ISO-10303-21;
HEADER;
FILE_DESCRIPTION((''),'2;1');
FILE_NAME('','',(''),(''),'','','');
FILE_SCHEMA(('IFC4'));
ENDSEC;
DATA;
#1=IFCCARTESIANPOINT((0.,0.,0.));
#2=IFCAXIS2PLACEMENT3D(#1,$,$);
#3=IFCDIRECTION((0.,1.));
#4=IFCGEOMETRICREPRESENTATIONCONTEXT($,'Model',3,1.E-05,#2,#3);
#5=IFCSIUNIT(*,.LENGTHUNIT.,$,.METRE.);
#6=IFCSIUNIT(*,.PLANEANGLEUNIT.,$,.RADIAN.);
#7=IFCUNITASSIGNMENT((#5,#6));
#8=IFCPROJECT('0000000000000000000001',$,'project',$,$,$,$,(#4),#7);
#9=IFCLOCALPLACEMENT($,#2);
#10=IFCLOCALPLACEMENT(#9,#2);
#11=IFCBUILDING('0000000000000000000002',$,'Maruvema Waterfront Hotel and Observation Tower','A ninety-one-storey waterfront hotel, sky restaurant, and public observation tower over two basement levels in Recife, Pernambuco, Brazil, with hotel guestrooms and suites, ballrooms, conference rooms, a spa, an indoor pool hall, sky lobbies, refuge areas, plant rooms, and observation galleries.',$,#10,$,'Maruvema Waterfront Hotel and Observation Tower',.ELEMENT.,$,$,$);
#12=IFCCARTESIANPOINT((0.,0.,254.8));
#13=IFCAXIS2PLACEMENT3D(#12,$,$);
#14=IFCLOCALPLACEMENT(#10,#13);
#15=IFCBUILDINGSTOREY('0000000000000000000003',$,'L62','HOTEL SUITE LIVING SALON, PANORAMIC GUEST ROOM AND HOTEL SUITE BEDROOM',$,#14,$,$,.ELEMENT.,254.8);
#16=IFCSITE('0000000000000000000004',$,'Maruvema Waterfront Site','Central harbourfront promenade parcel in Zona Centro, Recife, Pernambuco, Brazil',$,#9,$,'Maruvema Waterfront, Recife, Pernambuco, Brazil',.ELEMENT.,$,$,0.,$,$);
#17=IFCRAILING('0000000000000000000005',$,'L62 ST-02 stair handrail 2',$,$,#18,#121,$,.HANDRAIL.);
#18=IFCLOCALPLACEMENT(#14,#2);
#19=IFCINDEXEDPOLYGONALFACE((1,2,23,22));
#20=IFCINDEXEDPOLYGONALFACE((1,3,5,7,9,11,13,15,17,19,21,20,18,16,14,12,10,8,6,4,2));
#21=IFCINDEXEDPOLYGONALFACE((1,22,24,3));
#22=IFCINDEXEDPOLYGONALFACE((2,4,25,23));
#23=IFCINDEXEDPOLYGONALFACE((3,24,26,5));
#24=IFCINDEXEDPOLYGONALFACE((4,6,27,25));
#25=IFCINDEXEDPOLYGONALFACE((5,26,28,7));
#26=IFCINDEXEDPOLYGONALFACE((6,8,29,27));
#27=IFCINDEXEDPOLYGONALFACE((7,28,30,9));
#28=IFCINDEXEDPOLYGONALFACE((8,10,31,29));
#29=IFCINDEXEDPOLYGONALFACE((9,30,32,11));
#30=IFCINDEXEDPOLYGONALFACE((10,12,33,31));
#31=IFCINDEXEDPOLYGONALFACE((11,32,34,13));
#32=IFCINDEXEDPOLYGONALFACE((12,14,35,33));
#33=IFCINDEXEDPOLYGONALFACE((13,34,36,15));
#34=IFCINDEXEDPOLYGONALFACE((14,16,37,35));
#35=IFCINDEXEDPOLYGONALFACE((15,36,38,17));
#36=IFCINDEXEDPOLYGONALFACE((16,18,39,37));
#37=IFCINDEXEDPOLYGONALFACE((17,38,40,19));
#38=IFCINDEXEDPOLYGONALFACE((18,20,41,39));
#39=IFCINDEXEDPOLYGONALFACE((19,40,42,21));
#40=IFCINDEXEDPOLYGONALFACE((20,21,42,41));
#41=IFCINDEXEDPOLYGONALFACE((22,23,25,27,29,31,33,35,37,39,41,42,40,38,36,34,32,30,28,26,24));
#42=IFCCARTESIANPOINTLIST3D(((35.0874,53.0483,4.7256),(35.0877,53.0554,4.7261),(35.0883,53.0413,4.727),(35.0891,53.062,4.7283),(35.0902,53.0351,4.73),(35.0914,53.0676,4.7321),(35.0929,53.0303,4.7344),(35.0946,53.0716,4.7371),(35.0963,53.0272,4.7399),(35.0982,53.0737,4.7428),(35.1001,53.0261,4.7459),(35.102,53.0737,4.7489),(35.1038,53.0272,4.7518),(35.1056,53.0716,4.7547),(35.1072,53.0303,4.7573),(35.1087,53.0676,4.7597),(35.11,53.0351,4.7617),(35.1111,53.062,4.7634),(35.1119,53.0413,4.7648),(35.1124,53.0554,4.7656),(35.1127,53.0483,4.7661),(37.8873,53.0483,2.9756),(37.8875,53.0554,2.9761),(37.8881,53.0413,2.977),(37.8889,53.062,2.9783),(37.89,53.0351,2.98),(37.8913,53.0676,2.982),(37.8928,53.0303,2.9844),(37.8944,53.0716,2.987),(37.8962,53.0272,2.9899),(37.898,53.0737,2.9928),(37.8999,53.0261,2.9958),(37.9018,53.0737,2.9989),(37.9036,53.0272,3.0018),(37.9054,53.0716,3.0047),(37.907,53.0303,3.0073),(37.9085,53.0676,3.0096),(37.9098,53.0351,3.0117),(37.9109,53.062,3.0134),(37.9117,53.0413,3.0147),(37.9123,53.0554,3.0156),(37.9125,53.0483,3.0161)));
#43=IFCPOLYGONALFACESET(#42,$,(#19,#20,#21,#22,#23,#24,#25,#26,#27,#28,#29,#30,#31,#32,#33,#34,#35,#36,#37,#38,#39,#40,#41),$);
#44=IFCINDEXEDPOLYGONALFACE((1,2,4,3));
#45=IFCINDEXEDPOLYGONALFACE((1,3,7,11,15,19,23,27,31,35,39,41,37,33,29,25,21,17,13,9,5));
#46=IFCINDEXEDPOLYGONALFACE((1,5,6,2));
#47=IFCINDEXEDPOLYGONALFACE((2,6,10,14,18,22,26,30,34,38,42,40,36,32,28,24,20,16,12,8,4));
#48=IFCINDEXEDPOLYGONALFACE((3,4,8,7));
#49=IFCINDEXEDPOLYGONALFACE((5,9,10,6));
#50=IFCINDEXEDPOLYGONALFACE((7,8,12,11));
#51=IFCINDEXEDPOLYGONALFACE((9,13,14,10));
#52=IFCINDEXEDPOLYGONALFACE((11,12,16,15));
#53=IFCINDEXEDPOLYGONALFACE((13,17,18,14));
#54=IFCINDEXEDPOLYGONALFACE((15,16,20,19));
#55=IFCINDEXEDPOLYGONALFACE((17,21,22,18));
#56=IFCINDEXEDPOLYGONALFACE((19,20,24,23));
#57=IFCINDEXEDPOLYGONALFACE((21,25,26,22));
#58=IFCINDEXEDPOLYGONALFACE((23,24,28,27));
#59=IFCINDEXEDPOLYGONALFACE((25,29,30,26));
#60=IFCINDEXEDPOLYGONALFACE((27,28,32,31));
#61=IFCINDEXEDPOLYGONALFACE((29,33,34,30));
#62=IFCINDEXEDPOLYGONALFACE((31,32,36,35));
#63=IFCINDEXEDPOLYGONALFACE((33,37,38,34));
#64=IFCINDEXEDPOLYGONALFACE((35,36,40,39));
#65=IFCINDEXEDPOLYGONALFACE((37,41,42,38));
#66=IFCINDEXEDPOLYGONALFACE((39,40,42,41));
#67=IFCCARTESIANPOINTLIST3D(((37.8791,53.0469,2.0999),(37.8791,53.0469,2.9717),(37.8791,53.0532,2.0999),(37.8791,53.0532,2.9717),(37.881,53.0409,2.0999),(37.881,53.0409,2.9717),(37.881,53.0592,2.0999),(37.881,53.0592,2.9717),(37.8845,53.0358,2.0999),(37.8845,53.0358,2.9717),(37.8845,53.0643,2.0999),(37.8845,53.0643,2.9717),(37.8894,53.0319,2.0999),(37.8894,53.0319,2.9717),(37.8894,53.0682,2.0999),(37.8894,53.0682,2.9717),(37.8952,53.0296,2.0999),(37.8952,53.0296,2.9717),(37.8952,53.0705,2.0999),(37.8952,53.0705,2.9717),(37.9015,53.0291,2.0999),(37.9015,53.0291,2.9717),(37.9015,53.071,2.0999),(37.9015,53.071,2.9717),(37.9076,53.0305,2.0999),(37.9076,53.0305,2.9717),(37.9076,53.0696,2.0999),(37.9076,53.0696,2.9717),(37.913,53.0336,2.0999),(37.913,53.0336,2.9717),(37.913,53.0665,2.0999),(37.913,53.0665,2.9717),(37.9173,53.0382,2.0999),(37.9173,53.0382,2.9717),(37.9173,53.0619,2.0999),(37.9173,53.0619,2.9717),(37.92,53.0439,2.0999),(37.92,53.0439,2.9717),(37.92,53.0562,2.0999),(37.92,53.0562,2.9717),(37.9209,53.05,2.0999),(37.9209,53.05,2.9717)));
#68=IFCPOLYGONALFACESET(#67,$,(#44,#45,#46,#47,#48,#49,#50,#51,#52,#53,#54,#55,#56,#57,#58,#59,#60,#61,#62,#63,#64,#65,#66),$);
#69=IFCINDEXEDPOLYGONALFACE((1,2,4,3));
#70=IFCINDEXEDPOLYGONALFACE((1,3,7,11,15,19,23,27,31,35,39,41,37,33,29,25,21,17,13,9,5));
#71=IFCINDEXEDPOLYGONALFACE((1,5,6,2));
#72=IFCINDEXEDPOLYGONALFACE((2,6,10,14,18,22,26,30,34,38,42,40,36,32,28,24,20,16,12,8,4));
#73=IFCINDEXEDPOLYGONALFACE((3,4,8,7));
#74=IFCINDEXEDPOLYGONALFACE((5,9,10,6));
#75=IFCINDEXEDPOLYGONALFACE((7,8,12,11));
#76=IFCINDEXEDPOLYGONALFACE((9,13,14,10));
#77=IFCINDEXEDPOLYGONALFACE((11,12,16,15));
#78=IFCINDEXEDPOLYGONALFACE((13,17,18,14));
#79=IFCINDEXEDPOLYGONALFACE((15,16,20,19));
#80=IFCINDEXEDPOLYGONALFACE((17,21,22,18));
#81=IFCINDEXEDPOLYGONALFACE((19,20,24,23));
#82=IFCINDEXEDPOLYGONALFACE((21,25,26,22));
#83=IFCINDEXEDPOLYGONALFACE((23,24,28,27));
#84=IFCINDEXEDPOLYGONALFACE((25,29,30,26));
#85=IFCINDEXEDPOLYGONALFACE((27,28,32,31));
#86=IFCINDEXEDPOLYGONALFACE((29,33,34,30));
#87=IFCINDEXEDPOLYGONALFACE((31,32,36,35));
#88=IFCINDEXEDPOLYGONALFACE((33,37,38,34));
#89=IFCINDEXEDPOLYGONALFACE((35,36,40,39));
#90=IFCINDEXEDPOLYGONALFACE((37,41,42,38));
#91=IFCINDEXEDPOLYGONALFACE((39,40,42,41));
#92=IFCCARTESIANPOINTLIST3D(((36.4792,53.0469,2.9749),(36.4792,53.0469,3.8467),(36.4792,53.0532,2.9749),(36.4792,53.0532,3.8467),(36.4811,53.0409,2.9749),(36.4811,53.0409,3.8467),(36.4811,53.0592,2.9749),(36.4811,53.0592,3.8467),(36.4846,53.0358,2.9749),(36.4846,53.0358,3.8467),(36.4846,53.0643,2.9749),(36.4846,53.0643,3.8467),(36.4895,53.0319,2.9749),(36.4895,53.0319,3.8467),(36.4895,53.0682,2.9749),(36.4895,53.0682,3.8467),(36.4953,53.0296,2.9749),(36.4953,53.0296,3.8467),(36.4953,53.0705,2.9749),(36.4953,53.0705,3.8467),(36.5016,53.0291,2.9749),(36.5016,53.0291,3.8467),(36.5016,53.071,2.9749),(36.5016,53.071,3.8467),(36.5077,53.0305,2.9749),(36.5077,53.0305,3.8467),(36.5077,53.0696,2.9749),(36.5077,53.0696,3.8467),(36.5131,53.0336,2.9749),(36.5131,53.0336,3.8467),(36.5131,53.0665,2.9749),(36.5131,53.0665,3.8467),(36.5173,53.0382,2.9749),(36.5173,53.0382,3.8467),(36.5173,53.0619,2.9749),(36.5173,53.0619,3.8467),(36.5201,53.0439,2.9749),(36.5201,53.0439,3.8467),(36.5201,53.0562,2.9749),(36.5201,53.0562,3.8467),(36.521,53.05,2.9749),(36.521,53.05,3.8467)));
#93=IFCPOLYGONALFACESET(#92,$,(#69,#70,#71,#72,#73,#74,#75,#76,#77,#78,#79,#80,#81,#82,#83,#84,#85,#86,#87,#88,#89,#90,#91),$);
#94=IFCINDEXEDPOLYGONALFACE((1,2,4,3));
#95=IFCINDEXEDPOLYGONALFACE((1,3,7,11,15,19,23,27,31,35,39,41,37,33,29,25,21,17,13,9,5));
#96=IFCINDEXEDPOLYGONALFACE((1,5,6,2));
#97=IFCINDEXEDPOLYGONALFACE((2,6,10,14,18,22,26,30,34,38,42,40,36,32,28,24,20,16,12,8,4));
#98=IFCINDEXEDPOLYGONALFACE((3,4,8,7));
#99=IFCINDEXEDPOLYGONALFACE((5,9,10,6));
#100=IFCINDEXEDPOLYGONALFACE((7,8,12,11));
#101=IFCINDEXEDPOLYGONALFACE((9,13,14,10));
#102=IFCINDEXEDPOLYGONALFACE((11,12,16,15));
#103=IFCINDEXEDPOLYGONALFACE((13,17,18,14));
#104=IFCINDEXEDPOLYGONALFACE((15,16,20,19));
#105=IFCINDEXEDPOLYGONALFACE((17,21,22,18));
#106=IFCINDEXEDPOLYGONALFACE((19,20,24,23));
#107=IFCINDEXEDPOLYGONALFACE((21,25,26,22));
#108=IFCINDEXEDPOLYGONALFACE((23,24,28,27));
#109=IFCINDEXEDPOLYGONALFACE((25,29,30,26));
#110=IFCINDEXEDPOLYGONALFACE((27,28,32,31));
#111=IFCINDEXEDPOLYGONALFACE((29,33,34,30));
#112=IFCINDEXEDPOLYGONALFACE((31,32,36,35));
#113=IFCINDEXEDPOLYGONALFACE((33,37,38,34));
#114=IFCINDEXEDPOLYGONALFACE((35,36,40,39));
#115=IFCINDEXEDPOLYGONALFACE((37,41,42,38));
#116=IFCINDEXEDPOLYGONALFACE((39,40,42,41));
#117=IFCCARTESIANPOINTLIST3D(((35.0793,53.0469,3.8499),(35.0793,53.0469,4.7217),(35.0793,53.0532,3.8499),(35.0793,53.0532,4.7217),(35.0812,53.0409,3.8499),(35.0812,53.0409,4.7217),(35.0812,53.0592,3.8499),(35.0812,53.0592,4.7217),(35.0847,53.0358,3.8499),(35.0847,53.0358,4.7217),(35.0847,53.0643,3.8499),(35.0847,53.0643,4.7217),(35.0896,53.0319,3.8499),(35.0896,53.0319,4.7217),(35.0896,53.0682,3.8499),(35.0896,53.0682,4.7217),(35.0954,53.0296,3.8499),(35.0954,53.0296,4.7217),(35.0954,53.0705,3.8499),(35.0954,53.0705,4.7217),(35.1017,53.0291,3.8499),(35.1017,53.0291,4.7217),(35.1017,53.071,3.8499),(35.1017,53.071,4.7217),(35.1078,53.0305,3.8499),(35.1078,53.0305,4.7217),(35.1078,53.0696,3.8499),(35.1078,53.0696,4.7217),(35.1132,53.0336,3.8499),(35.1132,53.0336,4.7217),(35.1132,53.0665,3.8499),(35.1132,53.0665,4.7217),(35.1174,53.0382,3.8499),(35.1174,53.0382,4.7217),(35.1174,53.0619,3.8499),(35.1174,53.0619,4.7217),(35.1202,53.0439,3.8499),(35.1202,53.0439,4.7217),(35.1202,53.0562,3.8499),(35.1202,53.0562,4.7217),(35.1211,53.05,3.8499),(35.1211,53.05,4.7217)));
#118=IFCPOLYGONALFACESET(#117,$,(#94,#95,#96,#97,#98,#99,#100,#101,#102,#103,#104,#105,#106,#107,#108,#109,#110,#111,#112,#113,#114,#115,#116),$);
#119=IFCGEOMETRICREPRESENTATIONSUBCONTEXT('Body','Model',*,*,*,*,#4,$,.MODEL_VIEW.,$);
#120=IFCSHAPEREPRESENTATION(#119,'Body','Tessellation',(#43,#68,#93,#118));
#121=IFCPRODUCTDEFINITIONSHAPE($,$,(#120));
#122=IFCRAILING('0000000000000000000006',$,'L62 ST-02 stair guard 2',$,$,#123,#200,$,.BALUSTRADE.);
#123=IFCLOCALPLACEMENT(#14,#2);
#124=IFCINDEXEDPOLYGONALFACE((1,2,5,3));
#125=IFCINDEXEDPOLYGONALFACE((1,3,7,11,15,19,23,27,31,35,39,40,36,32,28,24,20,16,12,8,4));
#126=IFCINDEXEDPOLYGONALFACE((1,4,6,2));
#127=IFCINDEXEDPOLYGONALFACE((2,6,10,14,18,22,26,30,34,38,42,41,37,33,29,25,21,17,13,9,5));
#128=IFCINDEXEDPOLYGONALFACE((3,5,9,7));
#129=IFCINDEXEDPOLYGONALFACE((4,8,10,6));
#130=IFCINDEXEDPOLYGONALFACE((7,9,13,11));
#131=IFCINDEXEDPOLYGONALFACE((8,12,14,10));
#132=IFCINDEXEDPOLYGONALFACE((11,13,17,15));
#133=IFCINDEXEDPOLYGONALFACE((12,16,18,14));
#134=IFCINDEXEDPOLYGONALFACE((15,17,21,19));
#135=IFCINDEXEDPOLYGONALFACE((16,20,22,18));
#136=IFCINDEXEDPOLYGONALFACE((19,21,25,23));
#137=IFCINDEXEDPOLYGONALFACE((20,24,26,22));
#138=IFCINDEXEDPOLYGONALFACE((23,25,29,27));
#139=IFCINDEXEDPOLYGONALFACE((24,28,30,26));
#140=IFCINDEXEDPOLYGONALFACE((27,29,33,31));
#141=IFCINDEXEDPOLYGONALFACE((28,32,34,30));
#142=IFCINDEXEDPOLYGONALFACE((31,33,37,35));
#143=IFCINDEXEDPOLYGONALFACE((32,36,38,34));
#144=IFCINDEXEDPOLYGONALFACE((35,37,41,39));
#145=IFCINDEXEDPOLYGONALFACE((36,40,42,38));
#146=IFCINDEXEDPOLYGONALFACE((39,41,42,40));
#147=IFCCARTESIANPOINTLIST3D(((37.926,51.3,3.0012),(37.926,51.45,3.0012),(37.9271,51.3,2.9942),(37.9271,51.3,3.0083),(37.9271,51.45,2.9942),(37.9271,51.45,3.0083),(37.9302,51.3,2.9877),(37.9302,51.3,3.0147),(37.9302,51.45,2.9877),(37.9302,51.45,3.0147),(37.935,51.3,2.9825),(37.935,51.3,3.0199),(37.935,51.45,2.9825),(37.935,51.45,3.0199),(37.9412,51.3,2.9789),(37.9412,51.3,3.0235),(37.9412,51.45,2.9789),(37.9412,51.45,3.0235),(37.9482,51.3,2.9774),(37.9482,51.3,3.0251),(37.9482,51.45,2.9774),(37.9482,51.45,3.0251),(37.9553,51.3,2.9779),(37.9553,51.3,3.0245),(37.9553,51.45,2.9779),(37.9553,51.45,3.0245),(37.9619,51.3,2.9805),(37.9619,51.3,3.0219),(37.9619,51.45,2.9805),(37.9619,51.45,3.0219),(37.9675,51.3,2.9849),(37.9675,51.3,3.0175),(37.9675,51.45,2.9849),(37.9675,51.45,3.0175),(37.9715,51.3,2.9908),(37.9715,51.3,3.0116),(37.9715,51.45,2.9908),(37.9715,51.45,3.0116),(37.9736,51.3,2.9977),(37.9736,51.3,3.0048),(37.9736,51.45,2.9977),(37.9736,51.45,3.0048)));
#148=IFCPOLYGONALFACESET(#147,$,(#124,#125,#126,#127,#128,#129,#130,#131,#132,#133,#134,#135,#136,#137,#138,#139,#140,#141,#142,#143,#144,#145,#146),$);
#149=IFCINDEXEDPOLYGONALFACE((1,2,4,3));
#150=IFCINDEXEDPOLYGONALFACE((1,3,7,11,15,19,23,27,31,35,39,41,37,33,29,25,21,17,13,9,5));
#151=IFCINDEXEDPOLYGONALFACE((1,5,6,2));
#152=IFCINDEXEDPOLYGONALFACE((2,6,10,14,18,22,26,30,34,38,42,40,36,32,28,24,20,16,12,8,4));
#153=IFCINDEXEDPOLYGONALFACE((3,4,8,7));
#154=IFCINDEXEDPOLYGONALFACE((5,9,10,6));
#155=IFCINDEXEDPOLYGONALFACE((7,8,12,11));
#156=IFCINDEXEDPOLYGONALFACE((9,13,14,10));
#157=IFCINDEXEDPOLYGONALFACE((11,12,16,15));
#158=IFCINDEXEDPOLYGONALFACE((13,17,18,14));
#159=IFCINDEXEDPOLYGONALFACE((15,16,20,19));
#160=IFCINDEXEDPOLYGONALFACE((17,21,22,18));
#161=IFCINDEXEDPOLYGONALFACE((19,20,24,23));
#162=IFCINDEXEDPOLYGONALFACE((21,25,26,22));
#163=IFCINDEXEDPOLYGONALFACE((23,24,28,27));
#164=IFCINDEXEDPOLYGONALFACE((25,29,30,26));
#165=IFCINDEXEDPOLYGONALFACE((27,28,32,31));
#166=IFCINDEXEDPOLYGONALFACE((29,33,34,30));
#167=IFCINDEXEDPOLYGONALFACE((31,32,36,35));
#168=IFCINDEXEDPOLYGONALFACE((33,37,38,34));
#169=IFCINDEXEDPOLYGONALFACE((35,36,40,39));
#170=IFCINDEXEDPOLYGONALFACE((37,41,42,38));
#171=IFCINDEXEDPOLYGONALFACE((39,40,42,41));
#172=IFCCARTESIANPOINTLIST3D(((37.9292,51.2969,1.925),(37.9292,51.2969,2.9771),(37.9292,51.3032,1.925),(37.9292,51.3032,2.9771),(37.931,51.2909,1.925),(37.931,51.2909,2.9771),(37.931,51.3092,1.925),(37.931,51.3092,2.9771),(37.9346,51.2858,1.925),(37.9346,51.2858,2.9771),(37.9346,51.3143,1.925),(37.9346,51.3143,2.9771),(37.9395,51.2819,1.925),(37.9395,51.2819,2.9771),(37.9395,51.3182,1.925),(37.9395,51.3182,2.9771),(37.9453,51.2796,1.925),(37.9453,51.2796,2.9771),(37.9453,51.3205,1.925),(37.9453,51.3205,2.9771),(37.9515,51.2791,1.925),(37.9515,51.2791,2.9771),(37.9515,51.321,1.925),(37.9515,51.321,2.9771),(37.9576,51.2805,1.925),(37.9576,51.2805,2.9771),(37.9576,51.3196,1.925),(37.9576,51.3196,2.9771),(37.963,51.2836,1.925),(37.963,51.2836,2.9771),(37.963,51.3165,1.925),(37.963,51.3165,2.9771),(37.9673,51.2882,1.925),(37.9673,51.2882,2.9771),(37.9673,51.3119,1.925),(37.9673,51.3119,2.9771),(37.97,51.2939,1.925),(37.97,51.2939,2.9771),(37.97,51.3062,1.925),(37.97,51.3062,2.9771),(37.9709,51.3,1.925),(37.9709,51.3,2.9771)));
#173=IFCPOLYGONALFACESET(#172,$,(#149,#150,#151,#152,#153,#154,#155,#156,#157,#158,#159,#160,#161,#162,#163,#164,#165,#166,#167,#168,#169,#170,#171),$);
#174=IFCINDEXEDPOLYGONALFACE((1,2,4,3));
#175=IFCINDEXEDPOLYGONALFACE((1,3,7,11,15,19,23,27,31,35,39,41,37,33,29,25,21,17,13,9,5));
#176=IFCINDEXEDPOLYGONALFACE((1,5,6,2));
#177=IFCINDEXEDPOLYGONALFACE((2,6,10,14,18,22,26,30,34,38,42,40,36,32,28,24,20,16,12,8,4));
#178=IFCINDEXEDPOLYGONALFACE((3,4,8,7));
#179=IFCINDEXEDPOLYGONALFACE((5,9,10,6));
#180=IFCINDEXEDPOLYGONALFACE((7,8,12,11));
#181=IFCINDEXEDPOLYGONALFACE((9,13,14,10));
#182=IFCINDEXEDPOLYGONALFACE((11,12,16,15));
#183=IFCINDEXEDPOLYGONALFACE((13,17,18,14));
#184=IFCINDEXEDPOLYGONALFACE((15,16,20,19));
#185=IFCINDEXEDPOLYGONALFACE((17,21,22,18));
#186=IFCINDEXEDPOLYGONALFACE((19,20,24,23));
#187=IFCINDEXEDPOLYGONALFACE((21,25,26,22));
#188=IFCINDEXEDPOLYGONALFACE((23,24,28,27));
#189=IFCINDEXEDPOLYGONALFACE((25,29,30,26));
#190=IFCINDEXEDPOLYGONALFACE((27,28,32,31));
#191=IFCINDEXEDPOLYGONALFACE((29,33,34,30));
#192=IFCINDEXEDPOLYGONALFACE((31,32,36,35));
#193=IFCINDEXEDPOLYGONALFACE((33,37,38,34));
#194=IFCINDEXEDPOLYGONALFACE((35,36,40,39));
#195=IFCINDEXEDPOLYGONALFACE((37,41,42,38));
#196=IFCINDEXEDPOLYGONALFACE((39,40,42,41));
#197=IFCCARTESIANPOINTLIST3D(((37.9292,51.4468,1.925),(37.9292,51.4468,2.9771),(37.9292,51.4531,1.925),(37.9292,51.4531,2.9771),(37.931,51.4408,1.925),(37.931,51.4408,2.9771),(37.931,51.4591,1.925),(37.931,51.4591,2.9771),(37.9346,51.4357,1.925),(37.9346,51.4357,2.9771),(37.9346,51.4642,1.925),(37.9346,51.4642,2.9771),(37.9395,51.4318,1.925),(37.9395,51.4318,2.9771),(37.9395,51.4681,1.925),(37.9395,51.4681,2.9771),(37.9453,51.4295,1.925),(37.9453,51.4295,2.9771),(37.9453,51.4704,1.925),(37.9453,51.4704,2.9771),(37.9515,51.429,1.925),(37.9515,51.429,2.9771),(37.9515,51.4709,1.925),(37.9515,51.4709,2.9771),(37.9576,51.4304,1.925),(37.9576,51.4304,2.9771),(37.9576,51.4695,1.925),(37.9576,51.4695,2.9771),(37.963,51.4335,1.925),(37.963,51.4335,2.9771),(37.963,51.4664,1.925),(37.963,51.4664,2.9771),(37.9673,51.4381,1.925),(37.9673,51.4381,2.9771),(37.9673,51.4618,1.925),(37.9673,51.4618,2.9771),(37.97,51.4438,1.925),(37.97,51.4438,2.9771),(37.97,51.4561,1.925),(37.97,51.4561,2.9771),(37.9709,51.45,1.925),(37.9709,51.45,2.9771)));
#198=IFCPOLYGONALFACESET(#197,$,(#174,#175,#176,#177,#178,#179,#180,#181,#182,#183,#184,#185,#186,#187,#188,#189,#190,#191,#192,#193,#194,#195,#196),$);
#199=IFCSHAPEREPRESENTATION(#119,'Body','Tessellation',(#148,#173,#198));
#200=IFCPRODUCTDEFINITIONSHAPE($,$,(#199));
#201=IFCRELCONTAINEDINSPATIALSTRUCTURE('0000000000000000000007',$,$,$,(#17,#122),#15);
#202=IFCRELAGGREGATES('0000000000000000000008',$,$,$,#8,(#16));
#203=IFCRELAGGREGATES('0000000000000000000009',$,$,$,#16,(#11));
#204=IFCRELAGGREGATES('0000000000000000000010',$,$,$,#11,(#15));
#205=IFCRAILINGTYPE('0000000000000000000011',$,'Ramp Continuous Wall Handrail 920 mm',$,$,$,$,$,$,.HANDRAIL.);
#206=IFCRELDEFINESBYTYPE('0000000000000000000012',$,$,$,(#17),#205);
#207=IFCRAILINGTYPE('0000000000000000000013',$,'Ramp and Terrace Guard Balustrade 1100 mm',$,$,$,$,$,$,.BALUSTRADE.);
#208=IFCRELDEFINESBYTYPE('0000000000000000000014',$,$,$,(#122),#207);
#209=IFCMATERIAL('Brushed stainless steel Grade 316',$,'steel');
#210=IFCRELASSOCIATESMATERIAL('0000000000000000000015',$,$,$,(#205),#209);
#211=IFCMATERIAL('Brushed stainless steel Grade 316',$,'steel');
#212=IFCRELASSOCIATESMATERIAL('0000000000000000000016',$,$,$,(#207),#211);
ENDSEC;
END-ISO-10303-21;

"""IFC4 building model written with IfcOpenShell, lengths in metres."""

from ifc_helpers import new_model, si_unit, direction, frame, origin, origin_2d, place, context, subcontext, project, spatial, circle, extrude, material, type_object, element, save


model = new_model("IFC4")

# Units and contexts
model_context = context("Model", 3, precision=1e-05, world=origin(), true_north=direction((0.0, 1.0)))
body_context = subcontext(model_context, "Body", "Model", "MODEL_VIEW")
ifc_project = project(units=[si_unit("LENGTHUNIT", "METRE"), si_unit("PLANEANGLEUNIT", "RADIAN")], contexts=[model_context])

# Site, building, storey
site_placement = place(None, origin())
site = spatial("IfcSite", under=ifc_project, at=site_placement, Name="Maruvema Waterfront Site", Description="Central harbourfront promenade parcel in Zona Centro, Recife, Pernambuco, Brazil", LongName="Maruvema Waterfront, Recife, Pernambuco, Brazil", CompositionType="ELEMENT", RefElevation=0.0)
building_placement = place(site_placement, origin())
building = spatial("IfcBuilding", under=site, at=building_placement, Name="Maruvema Waterfront Hotel and Observation Tower", Description="A ninety-one-storey waterfront hotel, sky restaurant, and public observation tower over two basement levels in Recife, Pernambuco, Brazil, with hotel guestrooms and suites, ballrooms, conference rooms, a spa, an indoor pool hall, sky lobbies, refuge areas, plant rooms, and observation galleries.", LongName="Maruvema Waterfront Hotel and Observation Tower", CompositionType="ELEMENT")
storey_placement = place(building_placement, frame((0.0, 0.0, 254.8)))
storey = spatial("IfcBuildingStorey", under=building, at=storey_placement, Name="L62", Description="HOTEL SUITE LIVING SALON, PANORAMIC GUEST ROOM AND HOTEL SUITE BEDROOM", CompositionType="ELEMENT", Elevation=254.8)

# Railings
ifc_material_1 = material(Name="Brushed stainless steel Grade 316", Category="steel")
railing_type_1 = type_object("IfcRailingType", Name="Ramp Continuous Wall Handrail 920 mm", PredefinedType="HANDRAIL", material=ifc_material_1)
railing_1_placement = place(storey_placement, frame((37.8999, 53.05, 2.0999)))
element("IfcRailing", 1, at=railing_1_placement, inside=storey, type_object=railing_type_1, Name="L62 ST-02 stair handrail 2", PredefinedType="HANDRAIL", context=body_context, shape_type="SweptSolid", body=[
    extrude(circle(Radius=0.0239, at=origin_2d()), frame((0.0, 0.0, 0.896), z_axis=(-0.847982, 0.0, 0.530026), x_axis=(0.0, -1.0, 0.0)), (0.0, 0.0, 1.0), 3.3018),
    extrude(circle(Radius=0.021, at=origin_2d()), origin(), (0.0, 0.0, 1.0), 0.8718),
    extrude(circle(Radius=0.021, at=origin_2d()), frame((-1.3999, 0.0, 0.875)), (0.0, 0.0, 1.0), 0.8718),
    extrude(circle(Radius=0.021, at=origin_2d()), frame((-2.7998, 0.0, 1.75)), (0.0, 0.0, 1.0), 0.8718),
])
ifc_material_2 = material(Name="Brushed stainless steel Grade 316", Category="steel")
railing_type_2 = type_object("IfcRailingType", Name="Ramp and Terrace Guard Balustrade 1100 mm", PredefinedType="BALUSTRADE", material=ifc_material_2)
railing_2_placement = place(storey_placement, frame((37.95, 51.3, 1.925)))
element("IfcRailing", 2, at=railing_2_placement, inside=storey, type_object=railing_type_2, Name="L62 ST-02 stair guard 2", PredefinedType="BALUSTRADE", context=body_context, shape_type="SweptSolid", body=[
    extrude(circle(Radius=0.0239, at=origin_2d()), frame((0.0, 0.0, 1.0762), z_axis=(0.0, 1.0, 0.0), x_axis=(-1.0, 0.0, 0.0)), (0.0, 0.0, 1.0), 0.1499),
    extrude(circle(Radius=0.021, at=origin_2d()), origin(), (0.0, 0.0, 1.0), 1.052),
    extrude(circle(Radius=0.021, at=origin_2d()), frame((0.0, 0.1499, 0.0)), (0.0, 0.0, 1.0), 1.052),
])

save(model, "model.ifc")
